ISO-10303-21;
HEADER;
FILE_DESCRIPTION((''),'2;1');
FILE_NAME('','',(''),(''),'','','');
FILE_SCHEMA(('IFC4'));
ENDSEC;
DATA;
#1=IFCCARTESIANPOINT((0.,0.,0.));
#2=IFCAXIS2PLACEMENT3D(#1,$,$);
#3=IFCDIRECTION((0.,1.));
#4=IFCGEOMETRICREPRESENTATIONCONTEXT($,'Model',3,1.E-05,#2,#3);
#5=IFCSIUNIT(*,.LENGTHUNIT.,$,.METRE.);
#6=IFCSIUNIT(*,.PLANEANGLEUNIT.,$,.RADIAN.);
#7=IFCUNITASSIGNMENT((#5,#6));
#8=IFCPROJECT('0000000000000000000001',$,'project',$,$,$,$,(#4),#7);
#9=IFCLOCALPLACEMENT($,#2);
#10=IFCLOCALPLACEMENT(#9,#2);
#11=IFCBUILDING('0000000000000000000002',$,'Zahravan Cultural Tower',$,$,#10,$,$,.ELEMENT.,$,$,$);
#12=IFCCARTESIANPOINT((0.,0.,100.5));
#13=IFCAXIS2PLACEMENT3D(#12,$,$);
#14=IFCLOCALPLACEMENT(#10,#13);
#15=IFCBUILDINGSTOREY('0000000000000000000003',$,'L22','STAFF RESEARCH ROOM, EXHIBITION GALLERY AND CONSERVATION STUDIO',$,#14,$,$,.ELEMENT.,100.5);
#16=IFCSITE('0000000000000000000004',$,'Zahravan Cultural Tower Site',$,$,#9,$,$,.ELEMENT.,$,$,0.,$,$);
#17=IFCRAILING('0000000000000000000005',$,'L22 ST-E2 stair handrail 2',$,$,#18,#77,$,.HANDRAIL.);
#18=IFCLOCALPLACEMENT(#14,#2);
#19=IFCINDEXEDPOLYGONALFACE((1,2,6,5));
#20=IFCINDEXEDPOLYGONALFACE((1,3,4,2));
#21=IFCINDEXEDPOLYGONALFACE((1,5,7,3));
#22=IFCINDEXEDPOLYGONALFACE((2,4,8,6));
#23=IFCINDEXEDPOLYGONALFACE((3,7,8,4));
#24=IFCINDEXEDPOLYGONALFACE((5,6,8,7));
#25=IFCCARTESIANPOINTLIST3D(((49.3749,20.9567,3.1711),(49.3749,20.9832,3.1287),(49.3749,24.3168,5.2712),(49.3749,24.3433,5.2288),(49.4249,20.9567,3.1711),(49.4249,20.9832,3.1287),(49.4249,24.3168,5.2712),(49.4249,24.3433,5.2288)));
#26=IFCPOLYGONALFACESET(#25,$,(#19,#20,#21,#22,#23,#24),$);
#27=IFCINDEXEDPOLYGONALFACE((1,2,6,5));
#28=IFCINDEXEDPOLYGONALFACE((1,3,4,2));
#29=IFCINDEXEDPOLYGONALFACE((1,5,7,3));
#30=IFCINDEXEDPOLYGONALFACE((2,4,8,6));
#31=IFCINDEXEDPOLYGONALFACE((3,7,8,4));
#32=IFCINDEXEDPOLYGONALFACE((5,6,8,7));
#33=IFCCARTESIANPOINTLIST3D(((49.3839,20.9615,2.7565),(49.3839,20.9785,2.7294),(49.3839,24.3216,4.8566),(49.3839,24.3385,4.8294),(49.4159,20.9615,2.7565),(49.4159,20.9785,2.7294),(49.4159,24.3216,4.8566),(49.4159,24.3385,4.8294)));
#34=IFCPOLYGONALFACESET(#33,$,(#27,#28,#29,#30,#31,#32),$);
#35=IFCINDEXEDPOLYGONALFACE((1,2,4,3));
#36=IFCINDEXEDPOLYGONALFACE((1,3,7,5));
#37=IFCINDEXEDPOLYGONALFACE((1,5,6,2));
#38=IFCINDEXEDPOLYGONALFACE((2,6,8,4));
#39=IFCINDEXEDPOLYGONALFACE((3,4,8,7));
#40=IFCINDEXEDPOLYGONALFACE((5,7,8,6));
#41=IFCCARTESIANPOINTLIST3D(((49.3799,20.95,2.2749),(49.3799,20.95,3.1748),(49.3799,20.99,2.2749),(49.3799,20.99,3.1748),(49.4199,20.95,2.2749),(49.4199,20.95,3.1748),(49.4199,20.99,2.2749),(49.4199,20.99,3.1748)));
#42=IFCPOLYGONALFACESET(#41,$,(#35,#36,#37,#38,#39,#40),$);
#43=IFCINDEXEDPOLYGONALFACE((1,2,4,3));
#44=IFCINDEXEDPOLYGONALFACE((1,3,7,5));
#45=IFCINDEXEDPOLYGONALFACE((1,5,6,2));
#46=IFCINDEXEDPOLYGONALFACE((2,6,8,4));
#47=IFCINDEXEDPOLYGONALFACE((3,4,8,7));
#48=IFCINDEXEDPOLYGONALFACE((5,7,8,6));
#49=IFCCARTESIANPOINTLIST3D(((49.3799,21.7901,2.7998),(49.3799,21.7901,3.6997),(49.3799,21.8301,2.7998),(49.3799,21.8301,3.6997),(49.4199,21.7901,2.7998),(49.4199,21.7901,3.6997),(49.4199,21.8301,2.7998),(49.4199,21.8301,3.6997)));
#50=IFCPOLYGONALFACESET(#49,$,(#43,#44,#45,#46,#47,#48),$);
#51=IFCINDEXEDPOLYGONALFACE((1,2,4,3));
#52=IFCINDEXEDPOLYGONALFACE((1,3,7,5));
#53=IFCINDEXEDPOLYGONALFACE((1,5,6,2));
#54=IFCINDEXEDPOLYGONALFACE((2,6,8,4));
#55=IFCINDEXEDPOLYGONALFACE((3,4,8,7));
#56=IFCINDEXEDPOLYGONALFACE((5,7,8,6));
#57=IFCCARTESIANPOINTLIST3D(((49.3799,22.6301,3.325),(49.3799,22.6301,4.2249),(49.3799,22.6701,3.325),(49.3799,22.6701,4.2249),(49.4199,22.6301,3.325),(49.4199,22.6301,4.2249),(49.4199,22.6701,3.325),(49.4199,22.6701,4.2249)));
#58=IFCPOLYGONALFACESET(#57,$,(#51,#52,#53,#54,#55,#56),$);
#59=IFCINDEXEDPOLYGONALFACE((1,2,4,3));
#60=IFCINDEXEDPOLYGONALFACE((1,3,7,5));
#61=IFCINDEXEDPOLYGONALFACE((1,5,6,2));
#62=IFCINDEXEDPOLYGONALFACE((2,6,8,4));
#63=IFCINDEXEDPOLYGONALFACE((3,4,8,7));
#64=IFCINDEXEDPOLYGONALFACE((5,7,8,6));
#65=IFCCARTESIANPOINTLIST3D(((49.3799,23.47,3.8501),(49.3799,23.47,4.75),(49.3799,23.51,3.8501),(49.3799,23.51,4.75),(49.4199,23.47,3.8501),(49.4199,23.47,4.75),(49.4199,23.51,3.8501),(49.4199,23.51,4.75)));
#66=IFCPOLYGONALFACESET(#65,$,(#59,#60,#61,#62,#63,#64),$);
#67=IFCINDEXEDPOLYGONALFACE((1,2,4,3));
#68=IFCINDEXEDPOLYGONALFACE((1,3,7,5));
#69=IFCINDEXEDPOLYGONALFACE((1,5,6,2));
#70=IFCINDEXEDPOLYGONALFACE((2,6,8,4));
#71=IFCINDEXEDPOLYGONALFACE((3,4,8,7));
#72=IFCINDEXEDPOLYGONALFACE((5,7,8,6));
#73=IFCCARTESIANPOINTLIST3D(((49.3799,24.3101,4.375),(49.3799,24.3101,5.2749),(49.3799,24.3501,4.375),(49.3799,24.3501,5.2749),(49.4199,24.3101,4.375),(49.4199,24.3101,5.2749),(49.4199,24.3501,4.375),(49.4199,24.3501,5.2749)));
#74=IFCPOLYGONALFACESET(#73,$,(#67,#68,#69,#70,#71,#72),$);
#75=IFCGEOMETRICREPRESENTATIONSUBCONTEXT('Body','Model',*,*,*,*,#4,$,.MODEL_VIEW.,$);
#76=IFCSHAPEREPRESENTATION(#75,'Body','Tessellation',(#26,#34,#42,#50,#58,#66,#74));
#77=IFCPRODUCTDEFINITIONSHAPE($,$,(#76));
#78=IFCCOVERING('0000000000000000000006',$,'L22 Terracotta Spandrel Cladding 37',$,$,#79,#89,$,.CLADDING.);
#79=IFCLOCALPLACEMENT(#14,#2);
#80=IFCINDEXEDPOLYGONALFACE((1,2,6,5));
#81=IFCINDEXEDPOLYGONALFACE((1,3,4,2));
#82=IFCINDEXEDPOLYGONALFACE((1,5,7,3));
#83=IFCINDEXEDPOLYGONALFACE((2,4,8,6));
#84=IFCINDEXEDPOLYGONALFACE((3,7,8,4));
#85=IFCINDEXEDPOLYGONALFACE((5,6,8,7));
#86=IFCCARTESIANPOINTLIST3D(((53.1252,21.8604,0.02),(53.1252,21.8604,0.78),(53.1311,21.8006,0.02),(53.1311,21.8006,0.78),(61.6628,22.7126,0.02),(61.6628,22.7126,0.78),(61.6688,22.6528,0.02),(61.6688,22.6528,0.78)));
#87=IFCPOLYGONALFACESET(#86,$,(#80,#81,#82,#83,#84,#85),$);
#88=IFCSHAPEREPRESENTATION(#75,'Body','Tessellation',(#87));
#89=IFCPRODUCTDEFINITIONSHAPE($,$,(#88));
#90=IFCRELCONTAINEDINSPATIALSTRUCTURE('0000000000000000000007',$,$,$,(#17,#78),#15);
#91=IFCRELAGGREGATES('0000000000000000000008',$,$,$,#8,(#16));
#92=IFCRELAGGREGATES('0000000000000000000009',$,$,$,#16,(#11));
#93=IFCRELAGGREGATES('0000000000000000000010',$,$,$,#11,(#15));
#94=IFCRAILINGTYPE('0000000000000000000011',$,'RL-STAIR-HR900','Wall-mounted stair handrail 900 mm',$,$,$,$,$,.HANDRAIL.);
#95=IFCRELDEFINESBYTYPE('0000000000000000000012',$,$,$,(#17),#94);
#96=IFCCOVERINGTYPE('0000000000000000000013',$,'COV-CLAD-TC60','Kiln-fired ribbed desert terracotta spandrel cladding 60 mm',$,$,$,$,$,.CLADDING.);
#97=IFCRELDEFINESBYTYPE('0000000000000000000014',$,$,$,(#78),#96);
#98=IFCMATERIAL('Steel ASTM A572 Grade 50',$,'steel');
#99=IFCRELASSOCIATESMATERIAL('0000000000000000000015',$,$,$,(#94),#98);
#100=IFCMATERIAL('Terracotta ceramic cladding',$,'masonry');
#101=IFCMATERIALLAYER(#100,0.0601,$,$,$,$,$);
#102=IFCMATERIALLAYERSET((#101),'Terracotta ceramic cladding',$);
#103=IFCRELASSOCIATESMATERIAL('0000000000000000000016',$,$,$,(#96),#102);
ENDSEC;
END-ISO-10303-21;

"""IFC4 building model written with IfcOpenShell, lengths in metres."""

from ifc_helpers import new_model, si_unit, direction, frame, origin, origin_2d, place, context, subcontext, project, spatial, rectangle, extrude, source, transform, mapped, material, layer, layer_set, type_object, element, save


model = new_model("IFC4")

# Units and contexts
model_context = context("Model", 3, precision=1e-05, world=origin(), true_north=direction((0.0, 1.0)))
body_context = subcontext(model_context, "Body", "Model", "MODEL_VIEW")
ifc_project = project(units=[si_unit("LENGTHUNIT", "METRE"), si_unit("PLANEANGLEUNIT", "RADIAN")], contexts=[model_context])

# Site, building, storey
site_placement = place(None, origin())
site = spatial("IfcSite", under=ifc_project, at=site_placement, Name="Zahravan Cultural Tower Site", CompositionType="ELEMENT", RefElevation=0.0)
building_placement = place(site_placement, origin())
building = spatial("IfcBuilding", under=site, at=building_placement, Name="Zahravan Cultural Tower", CompositionType="ELEMENT")
storey_placement = place(building_placement, frame((0.0, 0.0, 100.5)))
storey = spatial("IfcBuildingStorey", under=building, at=storey_placement, Name="L22", Description="STAFF RESEARCH ROOM, EXHIBITION GALLERY AND CONSERVATION STUDIO", CompositionType="ELEMENT", Elevation=100.5)

# Shared definitions
ifc_material_1 = material(Name="Steel ASTM A572 Grade 50", Category="steel")

# Railing
railing_type_1 = type_object("IfcRailingType", Name="RL-STAIR-HR900", Description="Wall-mounted stair handrail 900 mm", PredefinedType="HANDRAIL", material=ifc_material_1)
railing_1_placement = place(storey_placement, frame((49.3999, 20.97, 2.2749)))
element("IfcRailing", 1, at=railing_1_placement, inside=storey, type_object=railing_type_1, Name="L22 ST-E2 stair handrail 2", PredefinedType="HANDRAIL", context=body_context, shape_type="SweptSolid", body=[
    extrude(rectangle(XDim=0.05, YDim=0.05, at=origin_2d()), frame((0.0, 0.0, 0.875), z_axis=(0.0, 0.847995, 0.530004), x_axis=(-1.0, 0.0, 0.0)), (0.0, 0.0, 1.0), 3.9624),
    extrude(rectangle(XDim=0.032, YDim=0.032, at=origin_2d()), frame((0.0, 0.0, 0.468), z_axis=(0.0, 0.847995, 0.530004), x_axis=(-1.0, 0.0, 0.0)), (0.0, 0.0, 1.0), 3.9624),
    extrude(rectangle(XDim=0.04, YDim=0.04, at=origin_2d()), origin(), (0.0, 0.0, 1.0), 0.8999),
    extrude(rectangle(XDim=0.04, YDim=0.04, at=origin_2d()), frame((0.0, 0.8401, 0.5249)), (0.0, 0.0, 1.0), 0.8999),
    extrude(rectangle(XDim=0.04, YDim=0.04, at=origin_2d()), frame((0.0, 1.6802, 1.05)), (0.0, 0.0, 1.0), 0.8999),
    extrude(rectangle(XDim=0.04, YDim=0.04, at=origin_2d()), frame((0.0, 2.52, 1.5752)), (0.0, 0.0, 1.0), 0.8999),
    extrude(rectangle(XDim=0.04, YDim=0.04, at=origin_2d()), frame((0.0, 3.3601, 2.1001)), (0.0, 0.0, 1.0), 0.8999),
])

# Covering
ifc_material_2 = material(Name="Terracotta ceramic cladding", Category="masonry")
ifc_layer_1 = layer(ifc_material_2, 0.0601)
ifc_layer_set_1 = layer_set([ifc_layer_1], Name="Terracotta ceramic cladding")
covering_type = type_object("IfcCoveringType", Name="COV-CLAD-TC60", Description="Kiln-fired ribbed desert terracotta spandrel cladding 60 mm", PredefinedType="CLADDING", material=ifc_layer_set_1)
shared_shape_1 = source(origin(), body_context, "Body", "SweptSolid", [
    extrude(rectangle(XDim=8.5801, YDim=0.0601, at=origin_2d()), origin(), (0.0, 0.0, 1.0), 0.76),
])
covering_placement = place(storey_placement, frame((57.397, 22.2566, 0.02), z_axis=(0.0, 0.0, 1.0), x_axis=(-0.995056, -0.09932, 0.0)))
element("IfcCovering", 2, at=covering_placement, inside=storey, type_object=covering_type, Name="L22 Terracotta Spandrel Cladding 37", PredefinedType="CLADDING", context=body_context, shape_type="MappedRepresentation", body=[
    mapped(shared_shape_1, transform((0.0, 0.0, 0.0), x_axis=(1.0, 0.0, 0.0), y_axis=(0.0, 1.0, 0.0), z_axis=(0.0, 0.0, 1.0), scale=1.0)),
])

save(model, "model.ifc")
